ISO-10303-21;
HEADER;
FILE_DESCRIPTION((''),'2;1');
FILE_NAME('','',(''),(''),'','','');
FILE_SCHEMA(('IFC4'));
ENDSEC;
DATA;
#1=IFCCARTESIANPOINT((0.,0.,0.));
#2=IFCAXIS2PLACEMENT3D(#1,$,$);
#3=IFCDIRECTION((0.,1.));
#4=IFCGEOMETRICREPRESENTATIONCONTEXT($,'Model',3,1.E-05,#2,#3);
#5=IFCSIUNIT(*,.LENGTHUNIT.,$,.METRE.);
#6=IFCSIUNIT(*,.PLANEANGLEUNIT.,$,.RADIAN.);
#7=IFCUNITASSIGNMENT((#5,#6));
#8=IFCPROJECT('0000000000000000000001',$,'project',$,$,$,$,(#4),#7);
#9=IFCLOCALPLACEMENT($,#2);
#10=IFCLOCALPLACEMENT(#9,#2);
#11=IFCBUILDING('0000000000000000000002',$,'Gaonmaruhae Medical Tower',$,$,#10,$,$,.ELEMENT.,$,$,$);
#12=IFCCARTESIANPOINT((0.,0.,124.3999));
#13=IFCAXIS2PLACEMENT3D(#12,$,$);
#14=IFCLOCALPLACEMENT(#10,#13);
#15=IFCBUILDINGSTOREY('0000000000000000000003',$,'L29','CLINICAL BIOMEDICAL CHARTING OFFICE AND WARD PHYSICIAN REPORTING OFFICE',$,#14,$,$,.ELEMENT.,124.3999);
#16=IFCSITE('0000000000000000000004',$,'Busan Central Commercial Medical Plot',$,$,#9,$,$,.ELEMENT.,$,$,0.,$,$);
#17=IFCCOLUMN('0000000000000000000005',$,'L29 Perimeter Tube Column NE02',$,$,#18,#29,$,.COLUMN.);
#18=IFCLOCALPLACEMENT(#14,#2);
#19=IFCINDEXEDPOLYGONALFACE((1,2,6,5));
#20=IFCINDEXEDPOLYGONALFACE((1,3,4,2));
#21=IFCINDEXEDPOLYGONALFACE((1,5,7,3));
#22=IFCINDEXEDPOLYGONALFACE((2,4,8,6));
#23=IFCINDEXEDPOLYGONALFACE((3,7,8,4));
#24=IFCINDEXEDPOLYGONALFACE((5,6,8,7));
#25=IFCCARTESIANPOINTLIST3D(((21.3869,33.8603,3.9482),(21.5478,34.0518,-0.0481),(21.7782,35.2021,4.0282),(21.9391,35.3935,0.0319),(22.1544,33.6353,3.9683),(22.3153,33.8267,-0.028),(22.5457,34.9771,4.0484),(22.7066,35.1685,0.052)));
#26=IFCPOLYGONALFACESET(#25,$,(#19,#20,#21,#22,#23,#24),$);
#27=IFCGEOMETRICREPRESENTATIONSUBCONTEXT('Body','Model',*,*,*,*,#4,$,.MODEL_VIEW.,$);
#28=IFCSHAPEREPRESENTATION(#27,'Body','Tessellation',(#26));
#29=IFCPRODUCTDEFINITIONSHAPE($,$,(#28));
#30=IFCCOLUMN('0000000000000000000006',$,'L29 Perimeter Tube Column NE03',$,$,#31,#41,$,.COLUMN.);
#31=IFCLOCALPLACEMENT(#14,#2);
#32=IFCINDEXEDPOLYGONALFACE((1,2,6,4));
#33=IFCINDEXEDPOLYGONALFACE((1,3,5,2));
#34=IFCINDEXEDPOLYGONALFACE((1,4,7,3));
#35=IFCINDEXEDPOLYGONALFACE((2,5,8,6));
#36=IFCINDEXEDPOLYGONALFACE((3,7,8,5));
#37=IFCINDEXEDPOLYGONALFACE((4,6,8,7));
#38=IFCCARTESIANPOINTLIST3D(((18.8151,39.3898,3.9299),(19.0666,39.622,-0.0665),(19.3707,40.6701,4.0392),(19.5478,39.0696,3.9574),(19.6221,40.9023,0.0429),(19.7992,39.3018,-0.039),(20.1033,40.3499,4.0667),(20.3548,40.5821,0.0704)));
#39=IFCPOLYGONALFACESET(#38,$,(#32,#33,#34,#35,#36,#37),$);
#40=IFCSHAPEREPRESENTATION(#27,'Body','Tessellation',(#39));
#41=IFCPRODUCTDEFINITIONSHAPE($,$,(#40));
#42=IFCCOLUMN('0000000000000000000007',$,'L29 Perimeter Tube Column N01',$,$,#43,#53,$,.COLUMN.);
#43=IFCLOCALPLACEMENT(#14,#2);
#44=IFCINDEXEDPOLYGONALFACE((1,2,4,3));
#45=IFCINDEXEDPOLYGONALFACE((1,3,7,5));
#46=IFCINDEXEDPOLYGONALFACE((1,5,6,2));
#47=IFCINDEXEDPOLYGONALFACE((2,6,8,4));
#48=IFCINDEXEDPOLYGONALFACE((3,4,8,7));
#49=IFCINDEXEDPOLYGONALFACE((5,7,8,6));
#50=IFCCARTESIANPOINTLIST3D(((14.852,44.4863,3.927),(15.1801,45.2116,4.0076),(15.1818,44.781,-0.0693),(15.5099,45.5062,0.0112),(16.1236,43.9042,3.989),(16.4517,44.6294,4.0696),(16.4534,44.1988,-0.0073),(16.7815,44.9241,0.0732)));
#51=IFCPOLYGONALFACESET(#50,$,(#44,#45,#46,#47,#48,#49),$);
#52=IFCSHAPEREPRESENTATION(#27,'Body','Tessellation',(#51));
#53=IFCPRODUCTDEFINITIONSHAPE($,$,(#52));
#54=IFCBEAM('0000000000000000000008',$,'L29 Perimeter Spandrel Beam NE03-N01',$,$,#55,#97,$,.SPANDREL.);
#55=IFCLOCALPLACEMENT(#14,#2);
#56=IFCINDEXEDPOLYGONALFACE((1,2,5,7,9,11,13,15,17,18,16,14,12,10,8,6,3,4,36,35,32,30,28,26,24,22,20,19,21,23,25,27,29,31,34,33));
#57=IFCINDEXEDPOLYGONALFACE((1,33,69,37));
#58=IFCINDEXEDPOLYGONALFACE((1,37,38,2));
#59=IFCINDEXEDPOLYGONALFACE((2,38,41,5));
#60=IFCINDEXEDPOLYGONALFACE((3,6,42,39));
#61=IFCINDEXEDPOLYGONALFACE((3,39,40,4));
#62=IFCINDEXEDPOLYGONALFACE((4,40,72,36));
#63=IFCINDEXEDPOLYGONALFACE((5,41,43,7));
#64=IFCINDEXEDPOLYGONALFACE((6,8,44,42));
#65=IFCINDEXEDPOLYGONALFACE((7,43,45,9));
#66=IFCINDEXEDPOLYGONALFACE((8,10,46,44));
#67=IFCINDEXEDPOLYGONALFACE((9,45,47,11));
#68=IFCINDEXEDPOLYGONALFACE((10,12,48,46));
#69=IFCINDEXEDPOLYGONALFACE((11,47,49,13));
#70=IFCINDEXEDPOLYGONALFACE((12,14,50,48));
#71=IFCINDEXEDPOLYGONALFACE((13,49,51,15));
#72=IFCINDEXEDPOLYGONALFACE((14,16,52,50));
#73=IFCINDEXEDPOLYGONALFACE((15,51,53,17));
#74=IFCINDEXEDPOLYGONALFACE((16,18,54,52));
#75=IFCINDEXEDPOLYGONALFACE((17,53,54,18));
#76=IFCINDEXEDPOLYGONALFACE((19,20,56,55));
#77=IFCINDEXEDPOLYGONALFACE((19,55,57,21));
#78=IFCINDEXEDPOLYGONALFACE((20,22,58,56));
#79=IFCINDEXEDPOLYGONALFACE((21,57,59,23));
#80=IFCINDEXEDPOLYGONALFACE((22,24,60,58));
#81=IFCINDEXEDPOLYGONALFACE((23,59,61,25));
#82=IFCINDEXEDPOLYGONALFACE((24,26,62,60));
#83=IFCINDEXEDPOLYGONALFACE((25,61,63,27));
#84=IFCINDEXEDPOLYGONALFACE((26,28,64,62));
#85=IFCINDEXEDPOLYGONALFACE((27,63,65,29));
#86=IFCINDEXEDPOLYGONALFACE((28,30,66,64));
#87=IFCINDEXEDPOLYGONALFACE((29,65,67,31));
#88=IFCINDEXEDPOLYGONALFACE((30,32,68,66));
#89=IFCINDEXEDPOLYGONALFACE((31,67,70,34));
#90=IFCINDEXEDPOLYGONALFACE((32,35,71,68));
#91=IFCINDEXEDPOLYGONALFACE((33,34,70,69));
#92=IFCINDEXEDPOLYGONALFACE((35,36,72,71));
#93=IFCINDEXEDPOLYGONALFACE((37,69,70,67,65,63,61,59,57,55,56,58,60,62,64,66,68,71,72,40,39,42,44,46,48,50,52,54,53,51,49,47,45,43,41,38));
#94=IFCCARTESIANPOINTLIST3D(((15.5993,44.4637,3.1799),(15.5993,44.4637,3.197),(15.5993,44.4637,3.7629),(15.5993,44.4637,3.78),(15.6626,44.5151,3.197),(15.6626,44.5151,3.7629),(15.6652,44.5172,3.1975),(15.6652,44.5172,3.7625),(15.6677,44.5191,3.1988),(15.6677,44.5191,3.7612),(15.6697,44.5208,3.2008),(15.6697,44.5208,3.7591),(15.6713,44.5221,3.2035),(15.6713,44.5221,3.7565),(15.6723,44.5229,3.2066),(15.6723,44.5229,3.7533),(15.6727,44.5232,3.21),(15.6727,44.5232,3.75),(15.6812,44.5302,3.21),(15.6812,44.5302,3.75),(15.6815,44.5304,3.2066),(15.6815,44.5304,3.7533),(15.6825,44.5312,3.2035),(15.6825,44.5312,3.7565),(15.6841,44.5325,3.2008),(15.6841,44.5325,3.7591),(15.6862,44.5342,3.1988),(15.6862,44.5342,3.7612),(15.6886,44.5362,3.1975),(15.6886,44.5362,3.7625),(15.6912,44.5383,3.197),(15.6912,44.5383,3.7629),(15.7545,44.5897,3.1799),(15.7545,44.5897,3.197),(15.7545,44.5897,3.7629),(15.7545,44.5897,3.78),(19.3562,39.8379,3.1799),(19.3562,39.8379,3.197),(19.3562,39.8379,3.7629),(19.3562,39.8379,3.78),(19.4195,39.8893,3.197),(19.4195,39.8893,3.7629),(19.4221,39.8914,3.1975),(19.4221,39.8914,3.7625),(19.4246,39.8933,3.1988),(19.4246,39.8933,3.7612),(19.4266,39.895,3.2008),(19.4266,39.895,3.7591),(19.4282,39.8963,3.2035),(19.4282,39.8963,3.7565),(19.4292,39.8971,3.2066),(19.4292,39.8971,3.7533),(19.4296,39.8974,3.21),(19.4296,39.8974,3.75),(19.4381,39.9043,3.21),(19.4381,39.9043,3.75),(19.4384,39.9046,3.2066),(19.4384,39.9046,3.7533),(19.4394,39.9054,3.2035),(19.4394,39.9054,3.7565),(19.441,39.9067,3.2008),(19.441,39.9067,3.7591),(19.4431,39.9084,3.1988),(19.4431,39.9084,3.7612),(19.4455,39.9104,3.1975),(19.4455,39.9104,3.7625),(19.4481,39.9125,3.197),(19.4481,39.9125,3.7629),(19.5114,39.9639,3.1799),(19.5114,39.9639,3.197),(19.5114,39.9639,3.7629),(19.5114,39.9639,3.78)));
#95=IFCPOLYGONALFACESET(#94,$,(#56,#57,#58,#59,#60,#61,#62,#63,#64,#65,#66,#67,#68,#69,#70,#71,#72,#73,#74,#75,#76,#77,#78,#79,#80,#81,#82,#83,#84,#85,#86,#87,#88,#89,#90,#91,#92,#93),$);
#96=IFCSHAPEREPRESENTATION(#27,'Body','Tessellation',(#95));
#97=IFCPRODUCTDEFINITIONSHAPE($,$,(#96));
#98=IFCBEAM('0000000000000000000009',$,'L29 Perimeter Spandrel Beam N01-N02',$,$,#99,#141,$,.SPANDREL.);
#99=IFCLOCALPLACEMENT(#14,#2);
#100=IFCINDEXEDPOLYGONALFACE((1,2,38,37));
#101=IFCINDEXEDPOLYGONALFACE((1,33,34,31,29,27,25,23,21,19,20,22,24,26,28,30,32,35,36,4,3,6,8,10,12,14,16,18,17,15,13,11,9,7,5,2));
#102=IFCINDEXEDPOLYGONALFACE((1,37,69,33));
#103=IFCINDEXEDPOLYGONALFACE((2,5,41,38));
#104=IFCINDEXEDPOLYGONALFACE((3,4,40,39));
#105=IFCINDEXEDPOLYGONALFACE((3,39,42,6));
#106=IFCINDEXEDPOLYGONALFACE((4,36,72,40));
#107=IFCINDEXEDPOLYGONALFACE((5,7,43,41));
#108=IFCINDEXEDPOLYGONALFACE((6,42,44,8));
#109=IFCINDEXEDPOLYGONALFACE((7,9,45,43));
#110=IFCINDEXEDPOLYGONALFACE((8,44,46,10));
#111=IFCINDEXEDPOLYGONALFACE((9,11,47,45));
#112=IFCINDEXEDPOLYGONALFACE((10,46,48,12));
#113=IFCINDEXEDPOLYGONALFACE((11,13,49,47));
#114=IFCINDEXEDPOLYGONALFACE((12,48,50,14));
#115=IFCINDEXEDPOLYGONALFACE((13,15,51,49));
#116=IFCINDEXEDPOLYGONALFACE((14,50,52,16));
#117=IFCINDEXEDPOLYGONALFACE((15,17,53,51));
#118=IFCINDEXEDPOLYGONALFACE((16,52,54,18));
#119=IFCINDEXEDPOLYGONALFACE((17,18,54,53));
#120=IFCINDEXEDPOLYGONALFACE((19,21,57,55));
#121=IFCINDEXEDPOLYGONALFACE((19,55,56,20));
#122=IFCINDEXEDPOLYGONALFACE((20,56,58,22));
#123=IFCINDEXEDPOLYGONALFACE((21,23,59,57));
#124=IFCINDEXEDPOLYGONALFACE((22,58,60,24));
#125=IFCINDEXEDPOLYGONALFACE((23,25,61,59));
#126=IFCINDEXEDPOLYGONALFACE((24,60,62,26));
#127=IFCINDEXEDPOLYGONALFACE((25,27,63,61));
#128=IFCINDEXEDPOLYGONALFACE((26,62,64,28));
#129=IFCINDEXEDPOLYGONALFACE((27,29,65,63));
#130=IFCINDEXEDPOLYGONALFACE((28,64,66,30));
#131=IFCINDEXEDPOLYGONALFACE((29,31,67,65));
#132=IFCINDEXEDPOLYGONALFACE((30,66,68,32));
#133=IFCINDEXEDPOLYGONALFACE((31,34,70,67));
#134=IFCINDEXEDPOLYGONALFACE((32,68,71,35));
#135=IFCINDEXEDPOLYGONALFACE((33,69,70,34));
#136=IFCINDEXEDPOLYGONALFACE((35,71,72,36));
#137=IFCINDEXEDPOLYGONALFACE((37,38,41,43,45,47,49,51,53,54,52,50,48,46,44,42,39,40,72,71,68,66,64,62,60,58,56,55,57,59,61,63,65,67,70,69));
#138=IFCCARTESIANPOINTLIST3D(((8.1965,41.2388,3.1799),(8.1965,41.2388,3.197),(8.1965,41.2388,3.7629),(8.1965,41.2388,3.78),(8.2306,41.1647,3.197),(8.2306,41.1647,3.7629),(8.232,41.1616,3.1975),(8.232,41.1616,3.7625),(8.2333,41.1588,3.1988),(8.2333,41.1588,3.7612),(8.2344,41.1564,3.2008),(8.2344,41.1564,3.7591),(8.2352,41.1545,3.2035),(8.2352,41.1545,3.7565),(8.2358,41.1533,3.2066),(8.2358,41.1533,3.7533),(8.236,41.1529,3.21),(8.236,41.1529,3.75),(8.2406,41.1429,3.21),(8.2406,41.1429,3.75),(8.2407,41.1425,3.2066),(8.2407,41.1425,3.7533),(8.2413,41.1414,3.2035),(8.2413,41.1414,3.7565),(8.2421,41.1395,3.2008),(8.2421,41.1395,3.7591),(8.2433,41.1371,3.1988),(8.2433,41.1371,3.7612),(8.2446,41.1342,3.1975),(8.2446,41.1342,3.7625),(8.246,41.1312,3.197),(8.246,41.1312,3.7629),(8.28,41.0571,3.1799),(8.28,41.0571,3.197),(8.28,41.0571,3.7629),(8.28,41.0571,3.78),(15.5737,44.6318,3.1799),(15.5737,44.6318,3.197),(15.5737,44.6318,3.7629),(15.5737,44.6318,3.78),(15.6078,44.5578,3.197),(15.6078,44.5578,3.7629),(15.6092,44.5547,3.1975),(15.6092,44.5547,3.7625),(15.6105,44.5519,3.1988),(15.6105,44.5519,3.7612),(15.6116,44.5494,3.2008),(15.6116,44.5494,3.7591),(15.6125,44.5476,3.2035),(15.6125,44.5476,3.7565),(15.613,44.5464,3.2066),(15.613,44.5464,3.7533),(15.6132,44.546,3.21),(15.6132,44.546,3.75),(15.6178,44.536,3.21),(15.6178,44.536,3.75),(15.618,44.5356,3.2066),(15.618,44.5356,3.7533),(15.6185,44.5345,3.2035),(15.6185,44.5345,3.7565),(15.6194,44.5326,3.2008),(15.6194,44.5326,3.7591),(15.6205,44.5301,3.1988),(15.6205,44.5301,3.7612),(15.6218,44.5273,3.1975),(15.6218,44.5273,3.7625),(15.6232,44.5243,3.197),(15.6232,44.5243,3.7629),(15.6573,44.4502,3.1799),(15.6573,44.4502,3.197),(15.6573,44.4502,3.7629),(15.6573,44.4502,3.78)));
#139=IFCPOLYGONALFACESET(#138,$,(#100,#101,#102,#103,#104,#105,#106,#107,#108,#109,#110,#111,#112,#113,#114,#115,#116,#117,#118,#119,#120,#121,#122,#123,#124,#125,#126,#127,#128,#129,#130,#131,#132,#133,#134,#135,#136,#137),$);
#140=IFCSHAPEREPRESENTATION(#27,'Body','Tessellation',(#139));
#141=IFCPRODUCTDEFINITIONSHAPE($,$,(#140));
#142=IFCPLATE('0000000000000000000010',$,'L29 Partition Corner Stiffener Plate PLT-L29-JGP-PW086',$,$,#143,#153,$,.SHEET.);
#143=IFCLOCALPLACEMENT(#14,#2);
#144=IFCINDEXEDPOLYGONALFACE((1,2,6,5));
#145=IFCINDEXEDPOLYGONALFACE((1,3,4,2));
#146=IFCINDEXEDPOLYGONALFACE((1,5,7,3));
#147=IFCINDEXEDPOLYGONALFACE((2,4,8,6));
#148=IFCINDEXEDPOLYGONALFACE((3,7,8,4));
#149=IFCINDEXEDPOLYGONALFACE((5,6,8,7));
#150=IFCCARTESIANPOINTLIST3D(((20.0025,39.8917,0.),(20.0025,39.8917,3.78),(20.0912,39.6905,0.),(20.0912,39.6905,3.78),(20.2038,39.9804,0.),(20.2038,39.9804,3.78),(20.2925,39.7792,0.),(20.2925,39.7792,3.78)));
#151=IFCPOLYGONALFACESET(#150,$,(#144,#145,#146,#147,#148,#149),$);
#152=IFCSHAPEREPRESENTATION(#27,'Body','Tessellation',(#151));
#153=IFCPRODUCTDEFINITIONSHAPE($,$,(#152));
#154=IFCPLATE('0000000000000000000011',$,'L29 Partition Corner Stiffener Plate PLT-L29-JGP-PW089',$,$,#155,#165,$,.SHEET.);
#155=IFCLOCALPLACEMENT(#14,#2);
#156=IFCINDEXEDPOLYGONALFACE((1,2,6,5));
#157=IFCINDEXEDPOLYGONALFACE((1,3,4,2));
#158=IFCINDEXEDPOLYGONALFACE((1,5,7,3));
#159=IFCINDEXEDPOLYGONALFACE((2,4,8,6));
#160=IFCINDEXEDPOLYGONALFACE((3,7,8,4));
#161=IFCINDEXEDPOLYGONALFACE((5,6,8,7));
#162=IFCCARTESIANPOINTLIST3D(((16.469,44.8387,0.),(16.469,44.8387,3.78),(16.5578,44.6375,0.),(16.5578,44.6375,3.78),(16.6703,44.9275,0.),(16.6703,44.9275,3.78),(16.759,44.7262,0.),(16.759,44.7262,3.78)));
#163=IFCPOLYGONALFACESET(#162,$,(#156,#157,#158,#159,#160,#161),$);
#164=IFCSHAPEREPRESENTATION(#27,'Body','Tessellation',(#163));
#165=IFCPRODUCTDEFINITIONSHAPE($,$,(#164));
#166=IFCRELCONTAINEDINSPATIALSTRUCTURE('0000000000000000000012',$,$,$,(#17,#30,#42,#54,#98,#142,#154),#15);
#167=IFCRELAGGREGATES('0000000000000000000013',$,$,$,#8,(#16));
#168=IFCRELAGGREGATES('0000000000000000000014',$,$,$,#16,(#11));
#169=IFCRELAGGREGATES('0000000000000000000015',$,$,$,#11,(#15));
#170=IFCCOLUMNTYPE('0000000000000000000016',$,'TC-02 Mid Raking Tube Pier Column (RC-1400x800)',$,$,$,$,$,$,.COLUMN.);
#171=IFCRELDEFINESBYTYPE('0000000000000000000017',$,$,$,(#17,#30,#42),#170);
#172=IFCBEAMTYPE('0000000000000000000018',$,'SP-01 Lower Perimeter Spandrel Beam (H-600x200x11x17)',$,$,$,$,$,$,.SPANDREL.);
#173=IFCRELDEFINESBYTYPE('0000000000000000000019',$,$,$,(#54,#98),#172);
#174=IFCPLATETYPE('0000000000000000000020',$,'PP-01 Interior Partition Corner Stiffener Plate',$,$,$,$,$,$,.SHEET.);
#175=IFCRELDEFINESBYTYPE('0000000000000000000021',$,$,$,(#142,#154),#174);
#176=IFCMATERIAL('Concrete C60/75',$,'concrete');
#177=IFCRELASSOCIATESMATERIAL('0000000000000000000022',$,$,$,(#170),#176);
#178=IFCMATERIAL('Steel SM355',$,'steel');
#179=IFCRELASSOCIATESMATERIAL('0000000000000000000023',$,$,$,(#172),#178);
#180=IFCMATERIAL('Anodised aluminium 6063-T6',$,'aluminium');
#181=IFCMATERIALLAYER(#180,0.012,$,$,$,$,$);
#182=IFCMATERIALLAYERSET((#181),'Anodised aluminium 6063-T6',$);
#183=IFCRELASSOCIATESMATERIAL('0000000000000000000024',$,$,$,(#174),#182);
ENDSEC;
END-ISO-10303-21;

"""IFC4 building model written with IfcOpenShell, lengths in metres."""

from ifc_helpers import new_model, si_unit, direction, frame, origin, origin_2d, place, context, subcontext, project, spatial, rectangle, i_section, extrude, material, layer, layer_set, material_profile, profile_set, type_object, element, save


model = new_model("IFC4")

# Units and contexts
model_context = context("Model", 3, precision=1e-05, world=origin(), true_north=direction((0.0, 1.0)))
body_context = subcontext(model_context, "Body", "Model", "MODEL_VIEW")
ifc_project = project(units=[si_unit("LENGTHUNIT", "METRE"), si_unit("PLANEANGLEUNIT", "RADIAN")], contexts=[model_context])

# Site, building, storey
site_placement = place(None, origin())
site = spatial("IfcSite", under=ifc_project, at=site_placement, Name="Busan Central Commercial Medical Plot", CompositionType="ELEMENT", RefElevation=0.0)
building_placement = place(site_placement, origin())
building = spatial("IfcBuilding", under=site, at=building_placement, Name="Gaonmaruhae Medical Tower", CompositionType="ELEMENT")
storey_placement = place(building_placement, frame((0.0, 0.0, 124.3999)))
storey = spatial("IfcBuildingStorey", under=building, at=storey_placement, Name="L29", Description="CLINICAL BIOMEDICAL CHARTING OFFICE AND WARD PHYSICIAN REPORTING OFFICE", CompositionType="ELEMENT", Elevation=124.3999)

# Columns
ifc_material_1 = material(Name="Concrete C60/75", Category="concrete")
ifc_material_profile_1 = material_profile(ifc_material_1, rectangle(XDim=1.3999, YDim=0.8, at=origin_2d()), Name="RC-1400x800")
ifc_profile_set_1 = profile_set([ifc_material_profile_1], Name="Concrete C60/75")
column_type = type_object("IfcColumnType", Name="TC-02 Mid Raking Tube Pier Column (RC-1400x800)", PredefinedType="COLUMN", material=ifc_profile_set_1)
column_1_placement = place(storey_placement, frame((22.1272, 34.6101, 0.002), z_axis=(-0.04018, -0.047802, 0.998048), x_axis=(0.279502, 0.958442, 0.057157)))
element("IfcColumn", 1, at=column_1_placement, inside=storey, type_object=column_type, Name="L29 Perimeter Tube Column NE02", PredefinedType="COLUMN", context=body_context, shape_type="SweptSolid", body=[
    extrude(rectangle(XDim=1.3999, YDim=0.8, at=origin_2d()), origin(), (0.0, 0.0, 1.0), 4.0042),
])
column_2_placement = place(storey_placement, frame((19.7107, 40.1021, 0.002), z_axis=(-0.062694, -0.057886, 0.996353), x_axis=(0.396835, 0.914561, 0.078104)))
element("IfcColumn", 2, at=column_2_placement, inside=storey, type_object=column_type, Name="L29 Perimeter Tube Column NE03", PredefinedType="COLUMN", context=body_context, shape_type="SweptSolid", body=[
    extrude(rectangle(XDim=1.3999, YDim=0.8, at=origin_2d()), origin(), (0.0, 0.0, 1.0), 4.011),
])
column_3_placement = place(storey_placement, frame((15.9817, 44.8525, 0.002), z_axis=(-0.082033, -0.073289, 0.993931), x_axis=(0.908341, -0.415877, 0.044304)))
element("IfcColumn", 3, at=column_3_placement, inside=storey, type_object=column_type, Name="L29 Perimeter Tube Column N01", PredefinedType="COLUMN", context=body_context, shape_type="SweptSolid", body=[
    extrude(rectangle(XDim=1.3999, YDim=0.8, at=origin_2d()), origin(), (0.0, 0.0, 1.0), 4.0208),
])

# Beams
ifc_material_2 = material(Name="Steel SM355", Category="steel")
ifc_material_profile_2 = material_profile(ifc_material_2, i_section(OverallWidth=0.2, OverallDepth=0.6001, WebThickness=0.011, FlangeThickness=0.0171, FilletRadius=0.0129, at=origin_2d()), Name="H-600x200x11x17")
ifc_profile_set_2 = profile_set([ifc_material_profile_2], Name="Steel SM355")
beam_type = type_object("IfcBeamType", Name="SP-01 Lower Perimeter Spandrel Beam (H-600x200x11x17)", PredefinedType="SPANDREL", material=ifc_profile_set_2)
beam_1_placement = place(storey_placement, frame((19.4338, 39.9009, 3.48), z_axis=(-0.630434, 0.776243, 0.0), x_axis=(-0.776243, -0.630434, 0.0)))
element("IfcBeam", 4, at=beam_1_placement, inside=storey, type_object=beam_type, Name="L29 Perimeter Spandrel Beam NE03-N01", PredefinedType="SPANDREL", context=body_context, shape_type="SweptSolid", body=[
    extrude(i_section(OverallWidth=0.2, OverallDepth=0.6001, WebThickness=0.011, FlangeThickness=0.0171, FilletRadius=0.0129, at=origin_2d()), origin(), (0.0, 0.0, 1.0), 5.9592),
])
beam_2_placement = place(storey_placement, frame((15.6155, 44.541, 3.48), z_axis=(-0.908511, -0.41786, 0.0), x_axis=(0.41786, -0.908511, 0.0)))
element("IfcBeam", 5, at=beam_2_placement, inside=storey, type_object=beam_type, Name="L29 Perimeter Spandrel Beam N01-N02", PredefinedType="SPANDREL", context=body_context, shape_type="SweptSolid", body=[
    extrude(i_section(OverallWidth=0.2, OverallDepth=0.6001, WebThickness=0.011, FlangeThickness=0.0171, FilletRadius=0.0129, at=origin_2d()), origin(), (0.0, 0.0, 1.0), 8.1201),
])

# Plates
ifc_material_3 = material(Name="Anodised aluminium 6063-T6", Category="aluminium")
ifc_layer_1 = layer(ifc_material_3, 0.012)
ifc_layer_set_1 = layer_set([ifc_layer_1], Name="Anodised aluminium 6063-T6")
plate_type = type_object("IfcPlateType", Name="PP-01 Interior Partition Corner Stiffener Plate", PredefinedType="SHEET", material=ifc_layer_set_1)
for number, where, z_axis, x_axis, name in (
    (6, (20.1475, 39.8354, 0.0), (0.0, 0.0, 1.0), (-0.9151, -0.403226, 0.0), "L29 Partition Corner Stiffener Plate PLT-L29-JGP-PW086"),
    (7, (16.614, 44.7825, 0.0), (0.0, 0.0, 1.0), (0.403513, -0.914974, 0.0), "L29 Partition Corner Stiffener Plate PLT-L29-JGP-PW089"),
):
    element("IfcPlate", number, at=place(storey_placement, frame(where, z_axis=z_axis, x_axis=x_axis)), inside=storey, type_object=plate_type, Name=name, PredefinedType="SHEET", context=body_context, shape_type="SweptSolid", body=[
        extrude(rectangle(XDim=0.22, YDim=0.22, at=origin_2d()), origin(), (0.0, 0.0, 1.0), 3.78),
    ])

save(model, "model.ifc")
